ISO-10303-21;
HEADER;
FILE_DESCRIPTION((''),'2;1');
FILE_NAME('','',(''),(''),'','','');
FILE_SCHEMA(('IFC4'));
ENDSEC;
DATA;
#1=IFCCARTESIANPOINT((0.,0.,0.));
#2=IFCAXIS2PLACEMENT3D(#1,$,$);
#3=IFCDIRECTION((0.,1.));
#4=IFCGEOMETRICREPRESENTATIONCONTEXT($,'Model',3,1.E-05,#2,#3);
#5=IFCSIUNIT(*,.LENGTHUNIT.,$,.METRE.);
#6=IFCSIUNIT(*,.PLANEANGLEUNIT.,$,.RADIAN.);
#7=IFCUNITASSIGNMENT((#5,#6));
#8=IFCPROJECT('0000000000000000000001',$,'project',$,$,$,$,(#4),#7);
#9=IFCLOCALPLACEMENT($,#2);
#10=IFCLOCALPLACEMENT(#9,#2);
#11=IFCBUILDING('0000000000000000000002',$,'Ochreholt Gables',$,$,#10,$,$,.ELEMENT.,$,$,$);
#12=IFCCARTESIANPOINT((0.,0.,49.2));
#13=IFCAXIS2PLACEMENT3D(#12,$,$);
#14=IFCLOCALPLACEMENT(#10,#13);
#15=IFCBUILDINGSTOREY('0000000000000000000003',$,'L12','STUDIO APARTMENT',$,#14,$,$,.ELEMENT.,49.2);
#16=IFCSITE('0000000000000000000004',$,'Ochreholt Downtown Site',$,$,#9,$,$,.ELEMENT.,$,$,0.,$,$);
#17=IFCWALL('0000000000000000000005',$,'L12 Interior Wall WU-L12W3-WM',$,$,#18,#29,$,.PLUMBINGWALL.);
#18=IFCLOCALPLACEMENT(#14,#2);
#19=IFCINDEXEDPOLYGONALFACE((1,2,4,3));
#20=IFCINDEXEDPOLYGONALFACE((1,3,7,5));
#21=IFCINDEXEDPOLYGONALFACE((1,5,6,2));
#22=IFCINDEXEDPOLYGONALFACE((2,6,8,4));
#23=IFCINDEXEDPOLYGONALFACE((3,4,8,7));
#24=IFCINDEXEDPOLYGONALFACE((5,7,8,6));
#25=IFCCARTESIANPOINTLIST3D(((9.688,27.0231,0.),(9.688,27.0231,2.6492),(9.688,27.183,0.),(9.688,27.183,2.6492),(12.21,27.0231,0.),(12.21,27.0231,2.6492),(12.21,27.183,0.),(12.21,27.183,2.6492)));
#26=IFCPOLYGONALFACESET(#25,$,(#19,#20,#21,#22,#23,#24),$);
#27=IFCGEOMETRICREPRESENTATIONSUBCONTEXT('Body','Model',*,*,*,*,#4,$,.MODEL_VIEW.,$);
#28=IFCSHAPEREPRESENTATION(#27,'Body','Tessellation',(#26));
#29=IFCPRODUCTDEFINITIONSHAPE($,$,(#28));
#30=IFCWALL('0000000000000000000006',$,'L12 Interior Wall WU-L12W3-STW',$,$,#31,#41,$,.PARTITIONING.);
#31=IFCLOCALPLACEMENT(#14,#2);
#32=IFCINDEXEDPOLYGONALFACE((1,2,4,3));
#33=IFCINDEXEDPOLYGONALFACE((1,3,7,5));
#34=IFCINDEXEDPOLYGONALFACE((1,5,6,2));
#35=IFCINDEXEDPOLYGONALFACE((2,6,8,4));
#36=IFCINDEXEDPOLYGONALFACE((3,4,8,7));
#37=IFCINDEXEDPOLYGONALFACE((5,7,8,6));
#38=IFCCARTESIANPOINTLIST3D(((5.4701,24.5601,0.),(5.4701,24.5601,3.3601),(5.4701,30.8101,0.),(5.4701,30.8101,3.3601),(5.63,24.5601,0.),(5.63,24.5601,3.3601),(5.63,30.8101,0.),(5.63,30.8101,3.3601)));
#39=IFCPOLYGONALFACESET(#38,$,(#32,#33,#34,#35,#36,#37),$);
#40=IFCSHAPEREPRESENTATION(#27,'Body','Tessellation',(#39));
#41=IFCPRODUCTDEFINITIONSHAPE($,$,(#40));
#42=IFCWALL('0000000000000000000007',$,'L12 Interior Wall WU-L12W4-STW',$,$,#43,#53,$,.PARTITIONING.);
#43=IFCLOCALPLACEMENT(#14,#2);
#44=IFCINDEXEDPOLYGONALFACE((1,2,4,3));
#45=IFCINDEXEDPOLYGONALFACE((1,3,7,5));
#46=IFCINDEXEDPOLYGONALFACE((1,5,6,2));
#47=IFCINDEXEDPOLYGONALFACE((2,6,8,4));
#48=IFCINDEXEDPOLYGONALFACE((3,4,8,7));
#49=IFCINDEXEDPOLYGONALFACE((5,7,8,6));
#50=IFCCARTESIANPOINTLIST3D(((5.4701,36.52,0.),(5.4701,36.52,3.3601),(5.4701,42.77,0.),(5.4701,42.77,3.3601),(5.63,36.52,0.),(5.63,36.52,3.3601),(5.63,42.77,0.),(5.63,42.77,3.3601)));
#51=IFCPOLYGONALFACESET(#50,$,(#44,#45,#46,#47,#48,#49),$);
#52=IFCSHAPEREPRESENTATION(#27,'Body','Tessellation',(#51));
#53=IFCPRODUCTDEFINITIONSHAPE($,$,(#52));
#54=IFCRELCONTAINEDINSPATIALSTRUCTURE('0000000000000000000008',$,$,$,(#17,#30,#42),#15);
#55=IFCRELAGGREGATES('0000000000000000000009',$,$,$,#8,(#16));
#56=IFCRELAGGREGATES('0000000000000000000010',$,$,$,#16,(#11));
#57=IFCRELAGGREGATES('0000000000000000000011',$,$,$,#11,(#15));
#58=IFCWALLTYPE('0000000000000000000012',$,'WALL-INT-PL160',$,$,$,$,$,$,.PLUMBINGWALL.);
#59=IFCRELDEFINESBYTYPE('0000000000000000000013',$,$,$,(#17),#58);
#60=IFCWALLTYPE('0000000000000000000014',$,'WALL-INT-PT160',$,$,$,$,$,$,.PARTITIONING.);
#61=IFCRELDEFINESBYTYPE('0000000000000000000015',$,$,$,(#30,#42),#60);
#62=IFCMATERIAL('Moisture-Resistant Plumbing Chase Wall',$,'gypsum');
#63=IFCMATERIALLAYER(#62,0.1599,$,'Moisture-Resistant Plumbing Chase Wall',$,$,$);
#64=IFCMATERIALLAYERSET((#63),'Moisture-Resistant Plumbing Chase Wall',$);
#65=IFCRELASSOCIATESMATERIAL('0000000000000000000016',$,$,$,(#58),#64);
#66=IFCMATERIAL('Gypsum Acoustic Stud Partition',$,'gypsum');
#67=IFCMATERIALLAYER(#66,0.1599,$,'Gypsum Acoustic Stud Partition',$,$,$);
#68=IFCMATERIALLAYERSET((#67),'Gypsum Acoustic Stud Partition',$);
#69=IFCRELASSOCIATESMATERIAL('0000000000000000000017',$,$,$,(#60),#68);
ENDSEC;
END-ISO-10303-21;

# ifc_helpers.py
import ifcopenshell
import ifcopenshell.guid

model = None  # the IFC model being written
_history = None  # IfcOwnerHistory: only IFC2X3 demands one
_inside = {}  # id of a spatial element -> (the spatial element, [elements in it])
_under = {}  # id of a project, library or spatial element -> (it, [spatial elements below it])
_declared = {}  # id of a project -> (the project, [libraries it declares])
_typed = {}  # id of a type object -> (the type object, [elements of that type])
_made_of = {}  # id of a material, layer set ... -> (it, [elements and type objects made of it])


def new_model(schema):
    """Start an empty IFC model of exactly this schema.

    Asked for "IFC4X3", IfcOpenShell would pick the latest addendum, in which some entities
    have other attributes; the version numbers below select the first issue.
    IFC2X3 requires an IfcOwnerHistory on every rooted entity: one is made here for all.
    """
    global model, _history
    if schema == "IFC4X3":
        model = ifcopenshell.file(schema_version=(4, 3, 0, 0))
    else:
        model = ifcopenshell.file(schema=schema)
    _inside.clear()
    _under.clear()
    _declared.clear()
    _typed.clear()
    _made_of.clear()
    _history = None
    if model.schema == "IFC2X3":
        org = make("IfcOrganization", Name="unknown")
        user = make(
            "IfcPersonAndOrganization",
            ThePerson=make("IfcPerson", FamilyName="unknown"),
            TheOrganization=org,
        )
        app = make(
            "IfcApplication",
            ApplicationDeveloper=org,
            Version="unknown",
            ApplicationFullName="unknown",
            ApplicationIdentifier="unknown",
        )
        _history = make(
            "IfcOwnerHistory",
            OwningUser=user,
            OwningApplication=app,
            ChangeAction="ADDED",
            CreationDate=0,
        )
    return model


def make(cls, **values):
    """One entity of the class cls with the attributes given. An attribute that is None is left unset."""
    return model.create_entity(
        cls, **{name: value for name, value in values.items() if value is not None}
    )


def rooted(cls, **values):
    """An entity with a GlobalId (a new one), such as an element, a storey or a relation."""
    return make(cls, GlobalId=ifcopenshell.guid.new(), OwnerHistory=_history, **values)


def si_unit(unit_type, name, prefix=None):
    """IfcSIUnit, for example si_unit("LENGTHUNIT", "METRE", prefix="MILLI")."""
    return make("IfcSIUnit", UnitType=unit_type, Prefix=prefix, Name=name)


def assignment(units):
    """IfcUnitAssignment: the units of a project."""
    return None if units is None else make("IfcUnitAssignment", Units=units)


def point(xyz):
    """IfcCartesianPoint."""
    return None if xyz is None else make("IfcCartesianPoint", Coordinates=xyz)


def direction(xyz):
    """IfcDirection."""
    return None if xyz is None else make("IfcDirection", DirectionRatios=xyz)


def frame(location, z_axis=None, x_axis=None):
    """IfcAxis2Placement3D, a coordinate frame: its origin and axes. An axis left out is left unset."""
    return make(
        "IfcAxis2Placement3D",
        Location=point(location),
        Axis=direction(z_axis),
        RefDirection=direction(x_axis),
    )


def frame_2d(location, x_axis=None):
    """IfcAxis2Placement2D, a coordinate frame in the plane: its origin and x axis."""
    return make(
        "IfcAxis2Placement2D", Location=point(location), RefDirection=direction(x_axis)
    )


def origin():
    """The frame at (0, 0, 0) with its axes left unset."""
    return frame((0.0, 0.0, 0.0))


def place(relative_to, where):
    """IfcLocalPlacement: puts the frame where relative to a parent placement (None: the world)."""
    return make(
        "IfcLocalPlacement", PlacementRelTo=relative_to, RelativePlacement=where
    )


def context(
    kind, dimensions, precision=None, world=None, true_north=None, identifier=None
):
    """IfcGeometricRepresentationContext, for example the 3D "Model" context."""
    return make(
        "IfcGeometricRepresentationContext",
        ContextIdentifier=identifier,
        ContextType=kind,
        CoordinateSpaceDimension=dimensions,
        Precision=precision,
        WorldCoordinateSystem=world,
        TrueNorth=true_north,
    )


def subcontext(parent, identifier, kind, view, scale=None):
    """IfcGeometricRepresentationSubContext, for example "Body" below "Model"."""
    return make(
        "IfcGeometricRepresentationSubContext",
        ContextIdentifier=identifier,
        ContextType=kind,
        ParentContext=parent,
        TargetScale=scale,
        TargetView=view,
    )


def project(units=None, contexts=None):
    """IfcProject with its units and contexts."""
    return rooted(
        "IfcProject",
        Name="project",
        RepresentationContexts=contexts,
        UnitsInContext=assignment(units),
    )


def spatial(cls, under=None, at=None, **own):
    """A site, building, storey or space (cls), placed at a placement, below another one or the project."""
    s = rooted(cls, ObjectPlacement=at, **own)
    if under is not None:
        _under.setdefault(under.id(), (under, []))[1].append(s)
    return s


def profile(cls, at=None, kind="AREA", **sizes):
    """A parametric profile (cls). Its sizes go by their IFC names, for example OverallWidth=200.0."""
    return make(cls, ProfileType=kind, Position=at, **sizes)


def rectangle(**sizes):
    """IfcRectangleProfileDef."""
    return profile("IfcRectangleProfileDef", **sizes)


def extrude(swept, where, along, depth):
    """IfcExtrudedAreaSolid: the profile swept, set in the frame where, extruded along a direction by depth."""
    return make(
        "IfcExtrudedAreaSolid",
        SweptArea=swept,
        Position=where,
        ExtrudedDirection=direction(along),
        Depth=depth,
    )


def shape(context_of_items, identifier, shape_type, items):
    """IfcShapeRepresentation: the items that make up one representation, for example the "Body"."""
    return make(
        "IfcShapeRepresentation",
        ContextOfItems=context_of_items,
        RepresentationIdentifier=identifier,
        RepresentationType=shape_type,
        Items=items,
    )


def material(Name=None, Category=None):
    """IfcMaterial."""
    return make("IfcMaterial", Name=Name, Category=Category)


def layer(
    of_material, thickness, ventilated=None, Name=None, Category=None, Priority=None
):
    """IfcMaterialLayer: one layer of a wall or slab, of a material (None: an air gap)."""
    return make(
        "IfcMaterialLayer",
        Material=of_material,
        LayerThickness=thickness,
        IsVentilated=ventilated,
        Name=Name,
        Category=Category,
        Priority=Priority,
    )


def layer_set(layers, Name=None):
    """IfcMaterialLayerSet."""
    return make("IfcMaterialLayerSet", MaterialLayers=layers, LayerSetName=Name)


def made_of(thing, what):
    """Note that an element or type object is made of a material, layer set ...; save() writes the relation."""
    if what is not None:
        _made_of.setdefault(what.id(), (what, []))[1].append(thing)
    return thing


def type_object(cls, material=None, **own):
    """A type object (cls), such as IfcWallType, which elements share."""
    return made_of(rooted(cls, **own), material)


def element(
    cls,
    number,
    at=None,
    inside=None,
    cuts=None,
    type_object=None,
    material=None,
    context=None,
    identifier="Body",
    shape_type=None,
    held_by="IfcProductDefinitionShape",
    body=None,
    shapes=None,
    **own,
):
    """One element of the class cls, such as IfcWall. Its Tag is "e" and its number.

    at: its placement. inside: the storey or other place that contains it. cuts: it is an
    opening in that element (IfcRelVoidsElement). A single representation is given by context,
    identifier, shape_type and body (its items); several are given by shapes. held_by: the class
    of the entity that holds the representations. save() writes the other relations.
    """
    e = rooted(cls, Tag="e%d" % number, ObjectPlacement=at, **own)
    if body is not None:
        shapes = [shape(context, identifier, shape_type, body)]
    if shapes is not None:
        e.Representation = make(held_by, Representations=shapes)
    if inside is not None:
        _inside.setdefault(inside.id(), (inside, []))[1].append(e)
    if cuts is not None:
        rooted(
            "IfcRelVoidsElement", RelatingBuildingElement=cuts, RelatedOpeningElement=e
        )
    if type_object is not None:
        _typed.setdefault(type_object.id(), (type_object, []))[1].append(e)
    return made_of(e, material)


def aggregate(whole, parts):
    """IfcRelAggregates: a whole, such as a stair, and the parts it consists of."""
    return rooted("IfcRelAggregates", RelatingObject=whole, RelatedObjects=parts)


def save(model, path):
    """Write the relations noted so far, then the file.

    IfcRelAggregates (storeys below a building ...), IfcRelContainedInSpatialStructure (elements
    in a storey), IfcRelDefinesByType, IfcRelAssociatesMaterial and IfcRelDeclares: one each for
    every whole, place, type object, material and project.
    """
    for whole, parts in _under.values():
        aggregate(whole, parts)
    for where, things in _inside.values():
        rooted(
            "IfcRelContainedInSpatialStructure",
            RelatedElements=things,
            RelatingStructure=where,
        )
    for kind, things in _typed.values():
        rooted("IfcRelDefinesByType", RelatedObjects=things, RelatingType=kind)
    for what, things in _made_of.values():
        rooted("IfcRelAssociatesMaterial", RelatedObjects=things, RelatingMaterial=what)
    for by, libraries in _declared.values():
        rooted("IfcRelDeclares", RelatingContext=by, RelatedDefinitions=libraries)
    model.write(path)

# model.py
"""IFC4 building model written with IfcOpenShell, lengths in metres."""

from ifc_helpers import new_model, si_unit, direction, frame, frame_2d, origin, place, context, subcontext, project, spatial, rectangle, extrude, material, layer, layer_set, type_object, element, save


model = new_model("IFC4")

# Units and contexts
model_context = context("Model", 3, precision=1e-05, world=origin(), true_north=direction((0.0, 1.0)))
body_context = subcontext(model_context, "Body", "Model", "MODEL_VIEW")
ifc_project = project(units=[si_unit("LENGTHUNIT", "METRE"), si_unit("PLANEANGLEUNIT", "RADIAN")], contexts=[model_context])

# Site, building, storey
site_placement = place(None, origin())
site = spatial("IfcSite", under=ifc_project, at=site_placement, Name="Ochreholt Downtown Site", CompositionType="ELEMENT", RefElevation=0.0)
building_placement = place(site_placement, origin())
building = spatial("IfcBuilding", under=site, at=building_placement, Name="Ochreholt Gables", CompositionType="ELEMENT")
storey_placement = place(building_placement, frame((0.0, 0.0, 49.2)))
storey = spatial("IfcBuildingStorey", under=building, at=storey_placement, Name="L12", Description="STUDIO APARTMENT", CompositionType="ELEMENT", Elevation=49.2)

# Shared definitions
ifc_material_1 = material(Name="Moisture-Resistant Plumbing Chase Wall", Category="gypsum")
ifc_layer_1 = layer(ifc_material_1, 0.1599, Name="Moisture-Resistant Plumbing Chase Wall")
ifc_layer_set_1 = layer_set([ifc_layer_1], Name="Moisture-Resistant Plumbing Chase Wall")
wall_type_1 = type_object("IfcWallType", Name="WALL-INT-PL160", PredefinedType="PLUMBINGWALL", material=ifc_layer_set_1)

# Wall
wall_1_placement = place(storey_placement, frame((9.688, 27.103, 0.0), z_axis=(0.0, 0.0, 1.0), x_axis=(1.0, 0.0, 0.0)))
element("IfcWall", 1, at=wall_1_placement, inside=storey, type_object=wall_type_1, Name="L12 Interior Wall WU-L12W3-WM", PredefinedType="PLUMBINGWALL", context=body_context, shape_type="SweptSolid", body=[
    extrude(rectangle(XDim=2.522, YDim=0.1599, at=frame_2d((1.261, 0.0))), origin(), (0.0, 0.0, 1.0), 2.6492),
])

# Shared definitions
ifc_material_2 = material(Name="Gypsum Acoustic Stud Partition", Category="gypsum")
ifc_layer_2 = layer(ifc_material_2, 0.1599, Name="Gypsum Acoustic Stud Partition")
ifc_layer_set_2 = layer_set([ifc_layer_2], Name="Gypsum Acoustic Stud Partition")
wall_type_2 = type_object("IfcWallType", Name="WALL-INT-PT160", PredefinedType="PARTITIONING", material=ifc_layer_set_2)

# Wall
wall_2_placement = place(storey_placement, frame((5.55, 24.5601, 0.0), z_axis=(0.0, 0.0, 1.0), x_axis=(0.0, 1.0, 0.0)))
element("IfcWall", 2, at=wall_2_placement, inside=storey, type_object=wall_type_2, Name="L12 Interior Wall WU-L12W3-STW", PredefinedType="PARTITIONING", context=body_context, shape_type="SweptSolid", body=[
    extrude(rectangle(XDim=6.25, YDim=0.1599, at=frame_2d((3.125, 0.0))), origin(), (0.0, 0.0, 1.0), 3.3601),
])

# Wall
wall_3_placement = place(storey_placement, frame((5.55, 36.52, 0.0), z_axis=(0.0, 0.0, 1.0), x_axis=(0.0, 1.0, 0.0)))
element("IfcWall", 3, at=wall_3_placement, inside=storey, type_object=wall_type_2, Name="L12 Interior Wall WU-L12W4-STW", PredefinedType="PARTITIONING", context=body_context, shape_type="SweptSolid", body=[
    extrude(rectangle(XDim=6.25, YDim=0.1599, at=frame_2d((3.125, 0.0))), origin(), (0.0, 0.0, 1.0), 3.3601),
])

save(model, "model.ifc")
